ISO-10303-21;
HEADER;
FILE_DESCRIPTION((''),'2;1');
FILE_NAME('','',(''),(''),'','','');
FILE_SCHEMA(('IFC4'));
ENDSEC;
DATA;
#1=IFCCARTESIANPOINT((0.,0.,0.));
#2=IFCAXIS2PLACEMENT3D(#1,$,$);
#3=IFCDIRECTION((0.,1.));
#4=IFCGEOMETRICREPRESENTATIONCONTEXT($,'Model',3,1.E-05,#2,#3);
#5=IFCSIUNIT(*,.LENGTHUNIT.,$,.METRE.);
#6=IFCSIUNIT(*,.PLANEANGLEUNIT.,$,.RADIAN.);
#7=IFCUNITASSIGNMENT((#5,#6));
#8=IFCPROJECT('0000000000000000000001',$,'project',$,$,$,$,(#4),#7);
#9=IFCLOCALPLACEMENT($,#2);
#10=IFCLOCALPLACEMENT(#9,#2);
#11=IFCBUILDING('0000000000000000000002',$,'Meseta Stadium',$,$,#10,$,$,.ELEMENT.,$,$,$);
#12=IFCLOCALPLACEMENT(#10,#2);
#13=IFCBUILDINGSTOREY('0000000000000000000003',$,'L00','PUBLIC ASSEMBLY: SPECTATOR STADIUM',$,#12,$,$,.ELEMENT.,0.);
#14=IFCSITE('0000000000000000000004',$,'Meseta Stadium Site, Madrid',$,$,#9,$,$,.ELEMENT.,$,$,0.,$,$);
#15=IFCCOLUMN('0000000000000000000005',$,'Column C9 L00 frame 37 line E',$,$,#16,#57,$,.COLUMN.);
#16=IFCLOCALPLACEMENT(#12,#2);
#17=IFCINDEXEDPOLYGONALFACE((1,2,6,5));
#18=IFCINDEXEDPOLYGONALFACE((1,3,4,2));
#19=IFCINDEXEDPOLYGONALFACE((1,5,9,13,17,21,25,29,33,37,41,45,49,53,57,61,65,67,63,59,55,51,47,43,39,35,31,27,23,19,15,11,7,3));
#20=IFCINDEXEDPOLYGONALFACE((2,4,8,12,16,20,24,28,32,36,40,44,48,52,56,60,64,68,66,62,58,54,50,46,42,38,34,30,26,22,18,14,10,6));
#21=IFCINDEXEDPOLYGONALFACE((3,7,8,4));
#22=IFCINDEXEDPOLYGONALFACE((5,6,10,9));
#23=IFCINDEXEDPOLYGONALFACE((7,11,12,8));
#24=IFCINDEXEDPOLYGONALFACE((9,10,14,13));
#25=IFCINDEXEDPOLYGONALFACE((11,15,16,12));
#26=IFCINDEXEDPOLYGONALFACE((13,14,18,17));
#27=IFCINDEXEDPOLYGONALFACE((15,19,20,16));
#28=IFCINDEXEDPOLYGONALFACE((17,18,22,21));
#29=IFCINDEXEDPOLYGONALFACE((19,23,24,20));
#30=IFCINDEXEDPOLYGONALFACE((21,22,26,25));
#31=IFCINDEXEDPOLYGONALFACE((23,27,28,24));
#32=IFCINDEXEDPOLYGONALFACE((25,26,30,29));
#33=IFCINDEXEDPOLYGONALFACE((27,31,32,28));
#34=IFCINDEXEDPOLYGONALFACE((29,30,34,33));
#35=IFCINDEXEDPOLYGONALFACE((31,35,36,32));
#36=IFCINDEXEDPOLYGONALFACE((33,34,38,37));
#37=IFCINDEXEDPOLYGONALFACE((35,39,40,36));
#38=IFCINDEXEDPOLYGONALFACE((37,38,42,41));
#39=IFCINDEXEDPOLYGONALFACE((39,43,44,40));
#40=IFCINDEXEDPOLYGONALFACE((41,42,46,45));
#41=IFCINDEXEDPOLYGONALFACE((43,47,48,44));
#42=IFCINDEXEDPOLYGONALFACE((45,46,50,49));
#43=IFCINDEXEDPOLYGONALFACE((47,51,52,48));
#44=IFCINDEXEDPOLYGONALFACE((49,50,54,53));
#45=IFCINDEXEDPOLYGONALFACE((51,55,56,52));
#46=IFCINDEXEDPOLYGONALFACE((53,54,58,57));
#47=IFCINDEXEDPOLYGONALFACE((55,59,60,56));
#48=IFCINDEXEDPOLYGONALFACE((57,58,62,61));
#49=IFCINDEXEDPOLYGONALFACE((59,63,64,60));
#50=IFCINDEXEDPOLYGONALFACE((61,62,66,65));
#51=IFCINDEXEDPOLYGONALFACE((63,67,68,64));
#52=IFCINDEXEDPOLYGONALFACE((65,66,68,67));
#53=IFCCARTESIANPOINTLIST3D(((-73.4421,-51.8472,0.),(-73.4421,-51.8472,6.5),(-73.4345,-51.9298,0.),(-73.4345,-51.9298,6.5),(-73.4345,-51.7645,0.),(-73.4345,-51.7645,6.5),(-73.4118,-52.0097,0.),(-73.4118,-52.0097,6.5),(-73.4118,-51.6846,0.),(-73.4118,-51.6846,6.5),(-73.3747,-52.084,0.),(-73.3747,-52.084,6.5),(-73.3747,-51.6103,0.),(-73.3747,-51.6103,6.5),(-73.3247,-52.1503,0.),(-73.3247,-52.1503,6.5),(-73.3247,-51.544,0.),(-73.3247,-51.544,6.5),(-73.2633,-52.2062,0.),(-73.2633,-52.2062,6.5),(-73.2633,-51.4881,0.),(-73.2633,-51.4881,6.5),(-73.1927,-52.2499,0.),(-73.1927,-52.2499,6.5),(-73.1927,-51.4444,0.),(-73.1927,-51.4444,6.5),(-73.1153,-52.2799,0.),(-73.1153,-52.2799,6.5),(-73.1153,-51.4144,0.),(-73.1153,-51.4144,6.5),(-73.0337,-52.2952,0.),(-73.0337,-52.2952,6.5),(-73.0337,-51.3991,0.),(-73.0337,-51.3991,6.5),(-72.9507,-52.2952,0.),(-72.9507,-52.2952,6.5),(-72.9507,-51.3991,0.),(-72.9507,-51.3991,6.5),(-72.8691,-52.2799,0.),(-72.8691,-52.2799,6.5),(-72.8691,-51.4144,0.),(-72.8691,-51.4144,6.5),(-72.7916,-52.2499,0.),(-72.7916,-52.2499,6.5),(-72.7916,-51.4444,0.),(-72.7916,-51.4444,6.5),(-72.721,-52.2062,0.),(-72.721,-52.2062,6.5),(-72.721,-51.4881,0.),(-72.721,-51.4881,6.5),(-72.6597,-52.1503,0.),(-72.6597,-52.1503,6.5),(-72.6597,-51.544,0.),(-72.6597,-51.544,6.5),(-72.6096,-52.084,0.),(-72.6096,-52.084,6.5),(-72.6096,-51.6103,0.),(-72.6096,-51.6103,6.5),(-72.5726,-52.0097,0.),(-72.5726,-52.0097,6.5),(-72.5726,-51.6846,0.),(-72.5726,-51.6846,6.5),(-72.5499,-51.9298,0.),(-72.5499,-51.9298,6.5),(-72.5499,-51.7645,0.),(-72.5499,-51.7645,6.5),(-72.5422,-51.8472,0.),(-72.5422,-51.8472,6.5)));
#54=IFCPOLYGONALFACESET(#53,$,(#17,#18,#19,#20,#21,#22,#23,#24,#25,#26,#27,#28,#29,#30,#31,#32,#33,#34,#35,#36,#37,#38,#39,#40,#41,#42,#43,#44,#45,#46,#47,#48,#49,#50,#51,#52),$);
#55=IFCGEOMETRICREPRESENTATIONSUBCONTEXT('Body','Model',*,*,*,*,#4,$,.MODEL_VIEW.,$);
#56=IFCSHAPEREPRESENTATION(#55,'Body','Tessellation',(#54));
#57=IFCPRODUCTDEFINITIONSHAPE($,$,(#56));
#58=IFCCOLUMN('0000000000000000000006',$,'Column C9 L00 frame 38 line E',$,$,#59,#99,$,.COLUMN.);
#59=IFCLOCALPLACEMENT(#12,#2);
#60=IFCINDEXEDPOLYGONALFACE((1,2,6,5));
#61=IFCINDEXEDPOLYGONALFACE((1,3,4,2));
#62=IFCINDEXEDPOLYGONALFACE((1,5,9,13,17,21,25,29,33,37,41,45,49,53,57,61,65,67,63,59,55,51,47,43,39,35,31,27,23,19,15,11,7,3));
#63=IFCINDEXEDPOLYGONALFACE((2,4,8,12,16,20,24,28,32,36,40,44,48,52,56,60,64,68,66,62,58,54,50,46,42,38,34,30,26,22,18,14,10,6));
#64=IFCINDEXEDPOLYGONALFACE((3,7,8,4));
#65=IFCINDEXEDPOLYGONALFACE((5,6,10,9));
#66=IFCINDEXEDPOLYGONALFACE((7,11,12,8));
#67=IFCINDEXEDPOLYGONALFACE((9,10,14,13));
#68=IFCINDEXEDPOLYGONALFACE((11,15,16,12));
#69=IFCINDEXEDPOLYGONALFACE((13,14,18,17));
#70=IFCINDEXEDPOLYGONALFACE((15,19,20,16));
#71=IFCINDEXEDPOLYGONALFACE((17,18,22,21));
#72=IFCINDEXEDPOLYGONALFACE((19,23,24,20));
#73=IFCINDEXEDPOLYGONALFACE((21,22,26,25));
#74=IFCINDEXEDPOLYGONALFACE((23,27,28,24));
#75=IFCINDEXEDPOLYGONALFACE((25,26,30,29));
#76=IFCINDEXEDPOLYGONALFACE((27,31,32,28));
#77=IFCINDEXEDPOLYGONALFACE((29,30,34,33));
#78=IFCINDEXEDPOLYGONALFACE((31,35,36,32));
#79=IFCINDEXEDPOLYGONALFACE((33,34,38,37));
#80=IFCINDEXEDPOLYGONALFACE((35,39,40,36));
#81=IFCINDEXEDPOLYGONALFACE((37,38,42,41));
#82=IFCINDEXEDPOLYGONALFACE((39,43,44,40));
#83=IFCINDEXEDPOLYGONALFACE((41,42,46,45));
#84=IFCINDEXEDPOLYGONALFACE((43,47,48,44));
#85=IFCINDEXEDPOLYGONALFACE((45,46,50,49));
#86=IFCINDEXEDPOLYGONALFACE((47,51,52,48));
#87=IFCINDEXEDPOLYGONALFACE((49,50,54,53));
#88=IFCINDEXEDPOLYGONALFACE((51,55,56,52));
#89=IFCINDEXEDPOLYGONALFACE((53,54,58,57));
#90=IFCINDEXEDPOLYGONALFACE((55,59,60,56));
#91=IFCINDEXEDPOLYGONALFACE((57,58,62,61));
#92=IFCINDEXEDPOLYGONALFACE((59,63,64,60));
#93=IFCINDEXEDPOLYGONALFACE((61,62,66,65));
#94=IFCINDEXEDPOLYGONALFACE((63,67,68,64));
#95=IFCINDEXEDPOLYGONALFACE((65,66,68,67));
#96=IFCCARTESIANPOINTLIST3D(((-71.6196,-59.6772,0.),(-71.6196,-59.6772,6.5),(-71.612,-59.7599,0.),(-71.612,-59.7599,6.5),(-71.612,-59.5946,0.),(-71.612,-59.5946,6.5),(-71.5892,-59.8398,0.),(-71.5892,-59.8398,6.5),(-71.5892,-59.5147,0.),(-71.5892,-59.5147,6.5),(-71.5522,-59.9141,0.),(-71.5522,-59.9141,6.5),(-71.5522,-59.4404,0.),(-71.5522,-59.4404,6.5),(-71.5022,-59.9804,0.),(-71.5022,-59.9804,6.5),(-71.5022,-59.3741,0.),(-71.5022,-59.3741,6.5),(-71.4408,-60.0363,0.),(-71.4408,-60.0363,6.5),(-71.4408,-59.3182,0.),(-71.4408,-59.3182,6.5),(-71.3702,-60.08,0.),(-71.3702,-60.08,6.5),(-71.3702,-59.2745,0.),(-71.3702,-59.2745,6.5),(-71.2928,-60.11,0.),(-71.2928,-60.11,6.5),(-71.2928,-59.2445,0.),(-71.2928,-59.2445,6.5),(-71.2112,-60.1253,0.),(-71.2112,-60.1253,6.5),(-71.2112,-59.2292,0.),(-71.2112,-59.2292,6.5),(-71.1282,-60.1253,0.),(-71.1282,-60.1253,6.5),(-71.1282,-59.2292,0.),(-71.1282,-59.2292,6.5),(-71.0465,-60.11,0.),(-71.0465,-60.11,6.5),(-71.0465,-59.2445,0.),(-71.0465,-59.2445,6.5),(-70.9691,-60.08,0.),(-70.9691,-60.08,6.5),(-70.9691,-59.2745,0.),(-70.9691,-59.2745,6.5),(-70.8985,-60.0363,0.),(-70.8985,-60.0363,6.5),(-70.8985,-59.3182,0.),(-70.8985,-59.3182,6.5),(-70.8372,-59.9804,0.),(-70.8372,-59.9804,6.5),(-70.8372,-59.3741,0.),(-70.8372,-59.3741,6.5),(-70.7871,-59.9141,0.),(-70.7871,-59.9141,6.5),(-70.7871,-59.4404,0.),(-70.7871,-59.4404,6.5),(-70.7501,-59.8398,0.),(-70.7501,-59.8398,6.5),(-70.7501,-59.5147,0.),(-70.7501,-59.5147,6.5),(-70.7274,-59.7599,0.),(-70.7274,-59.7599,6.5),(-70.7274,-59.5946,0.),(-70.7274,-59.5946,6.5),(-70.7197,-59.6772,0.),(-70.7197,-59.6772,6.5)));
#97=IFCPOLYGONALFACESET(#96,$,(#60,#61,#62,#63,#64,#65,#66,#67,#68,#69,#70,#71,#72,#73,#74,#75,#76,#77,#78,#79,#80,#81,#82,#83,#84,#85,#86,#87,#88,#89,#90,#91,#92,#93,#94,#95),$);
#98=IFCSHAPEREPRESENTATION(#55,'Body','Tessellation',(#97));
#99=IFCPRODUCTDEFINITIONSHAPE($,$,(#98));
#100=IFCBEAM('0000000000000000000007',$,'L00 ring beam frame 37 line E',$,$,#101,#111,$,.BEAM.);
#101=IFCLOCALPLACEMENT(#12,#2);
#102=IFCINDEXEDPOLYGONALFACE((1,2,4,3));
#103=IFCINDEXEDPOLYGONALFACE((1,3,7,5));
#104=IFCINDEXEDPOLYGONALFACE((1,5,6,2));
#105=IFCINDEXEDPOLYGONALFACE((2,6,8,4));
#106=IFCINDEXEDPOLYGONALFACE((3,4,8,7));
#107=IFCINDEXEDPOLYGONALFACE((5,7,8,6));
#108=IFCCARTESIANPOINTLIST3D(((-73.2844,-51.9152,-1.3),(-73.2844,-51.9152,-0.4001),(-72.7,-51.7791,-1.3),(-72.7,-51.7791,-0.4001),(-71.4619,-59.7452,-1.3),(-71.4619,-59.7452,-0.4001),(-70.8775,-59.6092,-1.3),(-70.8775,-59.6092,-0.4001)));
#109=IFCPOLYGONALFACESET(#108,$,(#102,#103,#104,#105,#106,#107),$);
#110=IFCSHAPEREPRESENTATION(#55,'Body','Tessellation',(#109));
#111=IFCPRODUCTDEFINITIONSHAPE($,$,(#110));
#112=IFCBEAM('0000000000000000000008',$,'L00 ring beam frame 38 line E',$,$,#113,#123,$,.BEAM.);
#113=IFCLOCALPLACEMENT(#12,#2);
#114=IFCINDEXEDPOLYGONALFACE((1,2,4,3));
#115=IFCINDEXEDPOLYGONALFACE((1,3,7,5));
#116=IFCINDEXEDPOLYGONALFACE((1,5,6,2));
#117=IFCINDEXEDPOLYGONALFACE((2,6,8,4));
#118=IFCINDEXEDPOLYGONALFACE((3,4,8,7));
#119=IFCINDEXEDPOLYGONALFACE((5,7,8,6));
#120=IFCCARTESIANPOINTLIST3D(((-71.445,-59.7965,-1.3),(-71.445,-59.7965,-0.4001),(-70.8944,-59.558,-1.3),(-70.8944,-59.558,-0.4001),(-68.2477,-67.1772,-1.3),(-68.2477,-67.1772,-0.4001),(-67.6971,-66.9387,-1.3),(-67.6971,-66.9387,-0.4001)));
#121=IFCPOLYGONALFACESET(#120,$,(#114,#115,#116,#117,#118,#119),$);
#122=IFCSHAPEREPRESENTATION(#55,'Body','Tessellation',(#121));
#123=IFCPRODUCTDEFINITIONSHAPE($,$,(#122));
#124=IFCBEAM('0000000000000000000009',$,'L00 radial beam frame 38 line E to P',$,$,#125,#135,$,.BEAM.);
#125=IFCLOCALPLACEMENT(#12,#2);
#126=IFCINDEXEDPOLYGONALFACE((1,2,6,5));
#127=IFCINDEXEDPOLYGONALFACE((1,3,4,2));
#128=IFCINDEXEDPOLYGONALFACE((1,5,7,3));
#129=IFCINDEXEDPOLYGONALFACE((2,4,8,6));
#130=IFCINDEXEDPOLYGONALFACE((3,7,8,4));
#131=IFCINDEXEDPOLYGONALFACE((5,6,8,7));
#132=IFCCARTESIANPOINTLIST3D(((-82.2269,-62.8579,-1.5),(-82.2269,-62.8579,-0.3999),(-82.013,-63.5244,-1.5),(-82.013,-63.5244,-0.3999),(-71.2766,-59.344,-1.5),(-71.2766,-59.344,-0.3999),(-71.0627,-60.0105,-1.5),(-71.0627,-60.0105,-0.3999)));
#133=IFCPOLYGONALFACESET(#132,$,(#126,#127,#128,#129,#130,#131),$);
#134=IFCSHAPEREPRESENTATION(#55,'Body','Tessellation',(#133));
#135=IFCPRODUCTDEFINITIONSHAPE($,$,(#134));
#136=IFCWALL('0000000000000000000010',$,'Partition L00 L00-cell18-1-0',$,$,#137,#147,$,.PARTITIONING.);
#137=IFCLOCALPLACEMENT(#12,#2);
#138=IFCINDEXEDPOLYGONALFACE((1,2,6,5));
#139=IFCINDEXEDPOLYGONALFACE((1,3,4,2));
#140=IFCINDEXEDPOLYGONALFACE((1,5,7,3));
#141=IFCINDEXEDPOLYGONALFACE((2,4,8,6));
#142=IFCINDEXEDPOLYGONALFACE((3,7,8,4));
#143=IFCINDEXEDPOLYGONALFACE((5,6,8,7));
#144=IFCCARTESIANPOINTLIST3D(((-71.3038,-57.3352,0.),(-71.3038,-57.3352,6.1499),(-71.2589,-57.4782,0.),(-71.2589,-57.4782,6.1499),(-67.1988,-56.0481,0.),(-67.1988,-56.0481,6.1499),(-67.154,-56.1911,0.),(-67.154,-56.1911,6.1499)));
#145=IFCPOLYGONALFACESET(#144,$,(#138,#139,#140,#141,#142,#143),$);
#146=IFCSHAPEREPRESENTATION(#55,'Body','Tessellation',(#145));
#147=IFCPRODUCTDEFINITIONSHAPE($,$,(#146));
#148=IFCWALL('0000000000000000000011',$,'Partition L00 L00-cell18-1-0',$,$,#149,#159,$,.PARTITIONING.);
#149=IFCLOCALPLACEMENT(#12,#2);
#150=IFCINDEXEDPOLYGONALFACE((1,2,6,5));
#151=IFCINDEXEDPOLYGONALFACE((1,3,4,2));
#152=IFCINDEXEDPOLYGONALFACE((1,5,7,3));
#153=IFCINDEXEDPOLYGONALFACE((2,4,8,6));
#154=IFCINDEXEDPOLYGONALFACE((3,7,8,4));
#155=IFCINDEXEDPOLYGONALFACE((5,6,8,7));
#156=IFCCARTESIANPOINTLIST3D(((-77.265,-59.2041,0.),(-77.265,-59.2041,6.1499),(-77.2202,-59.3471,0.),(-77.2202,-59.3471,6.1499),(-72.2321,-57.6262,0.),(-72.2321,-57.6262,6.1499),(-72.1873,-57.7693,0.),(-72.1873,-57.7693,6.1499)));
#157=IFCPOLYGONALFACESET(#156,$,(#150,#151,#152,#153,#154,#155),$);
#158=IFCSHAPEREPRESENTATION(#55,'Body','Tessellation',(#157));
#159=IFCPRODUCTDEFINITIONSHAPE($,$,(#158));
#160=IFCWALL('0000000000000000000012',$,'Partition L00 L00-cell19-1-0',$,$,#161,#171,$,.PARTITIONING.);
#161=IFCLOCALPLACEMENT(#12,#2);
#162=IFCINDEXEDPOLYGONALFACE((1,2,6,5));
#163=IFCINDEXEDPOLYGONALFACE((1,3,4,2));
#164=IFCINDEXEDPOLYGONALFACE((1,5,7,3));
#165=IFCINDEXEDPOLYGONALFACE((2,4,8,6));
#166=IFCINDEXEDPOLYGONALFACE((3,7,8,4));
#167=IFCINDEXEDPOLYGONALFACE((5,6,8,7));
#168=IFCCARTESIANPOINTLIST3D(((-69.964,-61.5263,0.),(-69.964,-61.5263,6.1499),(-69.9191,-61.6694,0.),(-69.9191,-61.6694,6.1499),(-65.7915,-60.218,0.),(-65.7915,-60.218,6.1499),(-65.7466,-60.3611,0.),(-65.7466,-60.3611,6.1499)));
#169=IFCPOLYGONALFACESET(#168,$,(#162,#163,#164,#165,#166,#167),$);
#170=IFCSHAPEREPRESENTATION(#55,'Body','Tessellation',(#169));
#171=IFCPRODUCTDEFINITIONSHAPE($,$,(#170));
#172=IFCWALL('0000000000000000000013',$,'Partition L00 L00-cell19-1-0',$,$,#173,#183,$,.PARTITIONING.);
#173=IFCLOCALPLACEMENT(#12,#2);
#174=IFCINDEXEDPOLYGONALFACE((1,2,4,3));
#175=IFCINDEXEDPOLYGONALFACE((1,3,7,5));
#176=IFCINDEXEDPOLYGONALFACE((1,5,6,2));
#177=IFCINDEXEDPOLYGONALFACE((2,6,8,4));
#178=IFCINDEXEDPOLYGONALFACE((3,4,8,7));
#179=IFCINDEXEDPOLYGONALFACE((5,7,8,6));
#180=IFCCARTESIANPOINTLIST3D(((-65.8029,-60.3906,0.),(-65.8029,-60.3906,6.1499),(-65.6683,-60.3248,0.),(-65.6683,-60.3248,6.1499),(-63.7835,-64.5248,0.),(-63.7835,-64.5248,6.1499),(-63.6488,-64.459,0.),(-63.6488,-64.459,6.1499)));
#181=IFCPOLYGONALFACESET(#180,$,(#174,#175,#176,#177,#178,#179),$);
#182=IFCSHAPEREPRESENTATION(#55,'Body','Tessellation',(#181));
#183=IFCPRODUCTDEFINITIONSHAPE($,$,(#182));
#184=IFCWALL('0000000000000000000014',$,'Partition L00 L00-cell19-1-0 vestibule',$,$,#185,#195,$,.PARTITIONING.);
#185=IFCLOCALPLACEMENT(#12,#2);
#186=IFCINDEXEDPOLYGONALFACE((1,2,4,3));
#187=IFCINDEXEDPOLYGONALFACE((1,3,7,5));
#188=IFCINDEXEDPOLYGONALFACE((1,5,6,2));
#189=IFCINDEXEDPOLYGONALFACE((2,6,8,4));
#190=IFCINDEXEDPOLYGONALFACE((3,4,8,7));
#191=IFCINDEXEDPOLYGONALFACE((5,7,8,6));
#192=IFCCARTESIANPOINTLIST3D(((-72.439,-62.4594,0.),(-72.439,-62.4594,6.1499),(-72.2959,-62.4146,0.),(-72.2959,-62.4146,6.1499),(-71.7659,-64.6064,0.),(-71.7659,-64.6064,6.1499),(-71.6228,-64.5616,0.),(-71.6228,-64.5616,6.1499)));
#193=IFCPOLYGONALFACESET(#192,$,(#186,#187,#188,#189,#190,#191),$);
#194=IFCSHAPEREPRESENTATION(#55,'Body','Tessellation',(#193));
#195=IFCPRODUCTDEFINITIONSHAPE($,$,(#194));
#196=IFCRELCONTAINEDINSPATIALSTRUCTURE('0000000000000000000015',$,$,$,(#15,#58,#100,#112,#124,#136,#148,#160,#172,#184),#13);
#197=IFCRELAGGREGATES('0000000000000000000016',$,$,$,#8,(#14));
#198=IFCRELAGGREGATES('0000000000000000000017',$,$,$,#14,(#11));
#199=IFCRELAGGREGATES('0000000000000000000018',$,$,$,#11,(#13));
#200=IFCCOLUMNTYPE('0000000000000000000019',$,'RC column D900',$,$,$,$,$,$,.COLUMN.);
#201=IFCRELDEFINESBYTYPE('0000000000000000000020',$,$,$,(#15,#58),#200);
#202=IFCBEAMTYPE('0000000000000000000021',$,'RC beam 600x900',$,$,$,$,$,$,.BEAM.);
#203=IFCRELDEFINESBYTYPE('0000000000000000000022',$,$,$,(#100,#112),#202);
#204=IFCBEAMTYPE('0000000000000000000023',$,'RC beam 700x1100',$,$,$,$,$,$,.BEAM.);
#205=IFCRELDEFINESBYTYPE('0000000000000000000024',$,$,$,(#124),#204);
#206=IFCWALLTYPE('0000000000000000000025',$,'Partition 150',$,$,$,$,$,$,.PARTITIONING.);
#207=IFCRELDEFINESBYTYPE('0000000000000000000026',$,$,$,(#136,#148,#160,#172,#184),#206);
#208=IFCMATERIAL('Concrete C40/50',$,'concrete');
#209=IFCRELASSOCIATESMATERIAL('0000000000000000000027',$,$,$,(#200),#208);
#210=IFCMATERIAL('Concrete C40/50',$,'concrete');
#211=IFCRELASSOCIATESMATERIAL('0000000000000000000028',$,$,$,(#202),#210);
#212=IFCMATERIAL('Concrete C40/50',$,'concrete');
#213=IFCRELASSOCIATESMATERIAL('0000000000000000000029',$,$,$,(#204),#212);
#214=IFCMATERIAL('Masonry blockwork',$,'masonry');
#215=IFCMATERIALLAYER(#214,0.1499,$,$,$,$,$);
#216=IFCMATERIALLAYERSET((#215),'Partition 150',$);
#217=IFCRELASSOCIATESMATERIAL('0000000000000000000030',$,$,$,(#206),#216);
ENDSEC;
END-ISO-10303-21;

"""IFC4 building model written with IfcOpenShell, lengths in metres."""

from ifc_helpers import new_model, si_unit, direction, frame, frame_2d, origin, origin_2d, place, context, subcontext, project, spatial, rectangle, circle, extrude, material, layer, layer_set, material_profile, profile_set, type_object, element, save


model = new_model("IFC4")

# Units and contexts
model_context = context("Model", 3, precision=1e-05, world=origin(), true_north=direction((0.0, 1.0)))
body_context = subcontext(model_context, "Body", "Model", "MODEL_VIEW")
ifc_project = project(units=[si_unit("LENGTHUNIT", "METRE"), si_unit("PLANEANGLEUNIT", "RADIAN")], contexts=[model_context])

# Site, building, storey
site_placement = place(None, origin())
site = spatial("IfcSite", under=ifc_project, at=site_placement, Name="Meseta Stadium Site, Madrid", CompositionType="ELEMENT", RefElevation=0.0)
building_placement = place(site_placement, origin())
building = spatial("IfcBuilding", under=site, at=building_placement, Name="Meseta Stadium", CompositionType="ELEMENT")
storey_placement = place(building_placement, origin())
storey = spatial("IfcBuildingStorey", under=building, at=storey_placement, Name="L00", Description="PUBLIC ASSEMBLY: SPECTATOR STADIUM", CompositionType="ELEMENT", Elevation=0.0)

# Columns
ifc_material_1 = material(Name="Concrete C40/50", Category="concrete")
ifc_material_profile_1 = material_profile(ifc_material_1, circle(Radius=0.45, at=origin_2d()), Name="RC D900")
ifc_profile_set_1 = profile_set([ifc_material_profile_1], Name="Concrete C40/50")
column_type = type_object("IfcColumnType", Name="RC column D900", PredefinedType="COLUMN", material=ifc_profile_set_1)
for number, where, z_axis, x_axis, name in (
    (1, (-72.9922, -51.8472, 0.0), (0.0, 0.0, 1.0), (1.0, 0.0, 0.0), "Column C9 L00 frame 37 line E"),
    (2, (-71.1697, -59.6772, 0.0), (0.0, 0.0, 1.0), (1.0, 0.0, 0.0), "Column C9 L00 frame 38 line E"),
):
    element("IfcColumn", number, at=place(storey_placement, frame(where, z_axis=z_axis, x_axis=x_axis)), inside=storey, type_object=column_type, Name=name, PredefinedType="COLUMN", context=body_context, shape_type="SweptSolid", body=[
        extrude(circle(Radius=0.45, at=origin_2d()), origin(), (0.0, 0.0, 1.0), 6.5),
    ])

# Beams
ifc_material_2 = material(Name="Concrete C40/50", Category="concrete")
ifc_material_profile_2 = material_profile(ifc_material_2, rectangle(XDim=0.6001, YDim=0.8999, at=origin_2d()), Name="RC 600x900")
ifc_profile_set_2 = profile_set([ifc_material_profile_2], Name="Concrete C40/50")
beam_type_1 = type_object("IfcBeamType", Name="RC beam 600x900", PredefinedType="BEAM", material=ifc_profile_set_2)
beam_1_placement = place(storey_placement, frame((-72.9922, -51.8472, -0.8501), z_axis=(0.226698, -0.973965, 0.0), x_axis=(0.973965, 0.226698, 0.0)))
element("IfcBeam", 3, at=beam_1_placement, inside=storey, type_object=beam_type_1, Name="L00 ring beam frame 37 line E", PredefinedType="BEAM", context=body_context, shape_type="SweptSolid", body=[
    extrude(rectangle(XDim=0.6001, YDim=0.8999, at=origin_2d()), origin(), (0.0, 0.0, 1.0), 8.0393),
])
beam_2_placement = place(storey_placement, frame((-71.1697, -59.6772, -0.8501), z_axis=(0.397503, -0.917601, 0.0), x_axis=(0.917601, 0.397503, 0.0)))
element("IfcBeam", 4, at=beam_2_placement, inside=storey, type_object=beam_type_1, Name="L00 ring beam frame 38 line E", PredefinedType="BEAM", context=body_context, shape_type="SweptSolid", body=[
    extrude(rectangle(XDim=0.6001, YDim=0.8999, at=origin_2d()), origin(), (0.0, 0.0, 1.0), 8.0435),
])
ifc_material_3 = material(Name="Concrete C40/50", Category="concrete")
ifc_material_profile_3 = material_profile(ifc_material_3, rectangle(XDim=0.7, YDim=1.1001, at=origin_2d()), Name="RC 700x1100")
ifc_profile_set_3 = profile_set([ifc_material_profile_3], Name="Concrete C40/50")
beam_type_2 = type_object("IfcBeamType", Name="RC beam 700x1100", PredefinedType="BEAM", material=ifc_profile_set_3)
beam_3_placement = place(storey_placement, frame((-71.1697, -59.6772, -0.95), z_axis=(-0.952175, -0.305553, 0.0), x_axis=(0.305553, -0.952175, 0.0)))
element("IfcBeam", 5, at=beam_3_placement, inside=storey, type_object=beam_type_2, Name="L00 radial beam frame 38 line E to P", PredefinedType="BEAM", context=body_context, shape_type="SweptSolid", body=[
    extrude(rectangle(XDim=0.7, YDim=1.1001, at=origin_2d()), origin(), (0.0, 0.0, 1.0), 11.5002),
])

# Walls
ifc_material_4 = material(Name="Masonry blockwork", Category="masonry")
ifc_layer = layer(ifc_material_4, 0.1499)
ifc_layer_set = layer_set([ifc_layer], Name="Partition 150")
wall_type = type_object("IfcWallType", Name="Partition 150", PredefinedType="PARTITIONING", material=ifc_layer_set)
wall_1_placement = place(storey_placement, frame((-67.1765, -56.1196, 0.0), z_axis=(0.0, 0.0, 1.0), x_axis=(-0.954195, -0.299186, 0.0)))
element("IfcWall", 6, at=wall_1_placement, inside=storey, type_object=wall_type, Name="Partition L00 L00-cell18-1-0", PredefinedType="PARTITIONING", context=body_context, shape_type="SweptSolid", body=[
    extrude(rectangle(XDim=4.302, YDim=0.1499, at=frame_2d((2.1509, 0.0))), origin(), (0.0, 0.0, 1.0), 6.1499),
])
wall_2_placement = place(storey_placement, frame((-72.2097, -57.6978, 0.0), z_axis=(0.0, 0.0, 1.0), x_axis=(-0.954205, -0.299153, 0.0)))
element("IfcWall", 7, at=wall_2_placement, inside=storey, type_object=wall_type, Name="Partition L00 L00-cell18-1-0", PredefinedType="PARTITIONING", context=body_context, shape_type="SweptSolid", body=[
    extrude(rectangle(XDim=5.2744, YDim=0.1499, at=frame_2d((2.6372, 0.0))), origin(), (0.0, 0.0, 1.0), 6.1499),
])
wall_3_placement = place(storey_placement, frame((-69.9417, -61.5979, 0.0), z_axis=(0.0, 0.0, 1.0), x_axis=(0.954192, 0.299194, 0.0)))
element("IfcWall", 8, at=wall_3_placement, inside=storey, type_object=wall_type, Name="Partition L00 L00-cell19-1-0", PredefinedType="PARTITIONING", context=body_context, shape_type="SweptSolid", body=[
    extrude(rectangle(XDim=4.3728, YDim=0.1499, at=frame_2d((2.1865, 0.0))), origin(), (0.0, 0.0, 1.0), 6.1499),
])
wall_4_placement = place(storey_placement, frame((-65.7356, -60.3577, 0.0), z_axis=(0.0, 0.0, 1.0), x_axis=(0.438917, -0.898528, 0.0)))
element("IfcWall", 9, at=wall_4_placement, inside=storey, type_object=wall_type, Name="Partition L00 L00-cell19-1-0", PredefinedType="PARTITIONING", context=body_context, shape_type="SweptSolid", body=[
    extrude(rectangle(XDim=4.6011, YDim=0.1499, at=frame_2d((2.3005, 0.0))), origin(), (0.0, 0.0, 1.0), 6.1499),
])
wall_5_placement = place(storey_placement, frame((-72.3674, -62.437, 0.0), z_axis=(0.0, 0.0, 1.0), x_axis=(0.299152, -0.954205, 0.0)))
element("IfcWall", 10, at=wall_5_placement, inside=storey, type_object=wall_type, Name="Partition L00 L00-cell19-1-0 vestibule", PredefinedType="PARTITIONING", context=body_context, shape_type="SweptSolid", body=[
    extrude(rectangle(XDim=2.25, YDim=0.1499, at=frame_2d((1.125, 0.0))), origin(), (0.0, 0.0, 1.0), 6.1499),
])

save(model, "model.ifc")
